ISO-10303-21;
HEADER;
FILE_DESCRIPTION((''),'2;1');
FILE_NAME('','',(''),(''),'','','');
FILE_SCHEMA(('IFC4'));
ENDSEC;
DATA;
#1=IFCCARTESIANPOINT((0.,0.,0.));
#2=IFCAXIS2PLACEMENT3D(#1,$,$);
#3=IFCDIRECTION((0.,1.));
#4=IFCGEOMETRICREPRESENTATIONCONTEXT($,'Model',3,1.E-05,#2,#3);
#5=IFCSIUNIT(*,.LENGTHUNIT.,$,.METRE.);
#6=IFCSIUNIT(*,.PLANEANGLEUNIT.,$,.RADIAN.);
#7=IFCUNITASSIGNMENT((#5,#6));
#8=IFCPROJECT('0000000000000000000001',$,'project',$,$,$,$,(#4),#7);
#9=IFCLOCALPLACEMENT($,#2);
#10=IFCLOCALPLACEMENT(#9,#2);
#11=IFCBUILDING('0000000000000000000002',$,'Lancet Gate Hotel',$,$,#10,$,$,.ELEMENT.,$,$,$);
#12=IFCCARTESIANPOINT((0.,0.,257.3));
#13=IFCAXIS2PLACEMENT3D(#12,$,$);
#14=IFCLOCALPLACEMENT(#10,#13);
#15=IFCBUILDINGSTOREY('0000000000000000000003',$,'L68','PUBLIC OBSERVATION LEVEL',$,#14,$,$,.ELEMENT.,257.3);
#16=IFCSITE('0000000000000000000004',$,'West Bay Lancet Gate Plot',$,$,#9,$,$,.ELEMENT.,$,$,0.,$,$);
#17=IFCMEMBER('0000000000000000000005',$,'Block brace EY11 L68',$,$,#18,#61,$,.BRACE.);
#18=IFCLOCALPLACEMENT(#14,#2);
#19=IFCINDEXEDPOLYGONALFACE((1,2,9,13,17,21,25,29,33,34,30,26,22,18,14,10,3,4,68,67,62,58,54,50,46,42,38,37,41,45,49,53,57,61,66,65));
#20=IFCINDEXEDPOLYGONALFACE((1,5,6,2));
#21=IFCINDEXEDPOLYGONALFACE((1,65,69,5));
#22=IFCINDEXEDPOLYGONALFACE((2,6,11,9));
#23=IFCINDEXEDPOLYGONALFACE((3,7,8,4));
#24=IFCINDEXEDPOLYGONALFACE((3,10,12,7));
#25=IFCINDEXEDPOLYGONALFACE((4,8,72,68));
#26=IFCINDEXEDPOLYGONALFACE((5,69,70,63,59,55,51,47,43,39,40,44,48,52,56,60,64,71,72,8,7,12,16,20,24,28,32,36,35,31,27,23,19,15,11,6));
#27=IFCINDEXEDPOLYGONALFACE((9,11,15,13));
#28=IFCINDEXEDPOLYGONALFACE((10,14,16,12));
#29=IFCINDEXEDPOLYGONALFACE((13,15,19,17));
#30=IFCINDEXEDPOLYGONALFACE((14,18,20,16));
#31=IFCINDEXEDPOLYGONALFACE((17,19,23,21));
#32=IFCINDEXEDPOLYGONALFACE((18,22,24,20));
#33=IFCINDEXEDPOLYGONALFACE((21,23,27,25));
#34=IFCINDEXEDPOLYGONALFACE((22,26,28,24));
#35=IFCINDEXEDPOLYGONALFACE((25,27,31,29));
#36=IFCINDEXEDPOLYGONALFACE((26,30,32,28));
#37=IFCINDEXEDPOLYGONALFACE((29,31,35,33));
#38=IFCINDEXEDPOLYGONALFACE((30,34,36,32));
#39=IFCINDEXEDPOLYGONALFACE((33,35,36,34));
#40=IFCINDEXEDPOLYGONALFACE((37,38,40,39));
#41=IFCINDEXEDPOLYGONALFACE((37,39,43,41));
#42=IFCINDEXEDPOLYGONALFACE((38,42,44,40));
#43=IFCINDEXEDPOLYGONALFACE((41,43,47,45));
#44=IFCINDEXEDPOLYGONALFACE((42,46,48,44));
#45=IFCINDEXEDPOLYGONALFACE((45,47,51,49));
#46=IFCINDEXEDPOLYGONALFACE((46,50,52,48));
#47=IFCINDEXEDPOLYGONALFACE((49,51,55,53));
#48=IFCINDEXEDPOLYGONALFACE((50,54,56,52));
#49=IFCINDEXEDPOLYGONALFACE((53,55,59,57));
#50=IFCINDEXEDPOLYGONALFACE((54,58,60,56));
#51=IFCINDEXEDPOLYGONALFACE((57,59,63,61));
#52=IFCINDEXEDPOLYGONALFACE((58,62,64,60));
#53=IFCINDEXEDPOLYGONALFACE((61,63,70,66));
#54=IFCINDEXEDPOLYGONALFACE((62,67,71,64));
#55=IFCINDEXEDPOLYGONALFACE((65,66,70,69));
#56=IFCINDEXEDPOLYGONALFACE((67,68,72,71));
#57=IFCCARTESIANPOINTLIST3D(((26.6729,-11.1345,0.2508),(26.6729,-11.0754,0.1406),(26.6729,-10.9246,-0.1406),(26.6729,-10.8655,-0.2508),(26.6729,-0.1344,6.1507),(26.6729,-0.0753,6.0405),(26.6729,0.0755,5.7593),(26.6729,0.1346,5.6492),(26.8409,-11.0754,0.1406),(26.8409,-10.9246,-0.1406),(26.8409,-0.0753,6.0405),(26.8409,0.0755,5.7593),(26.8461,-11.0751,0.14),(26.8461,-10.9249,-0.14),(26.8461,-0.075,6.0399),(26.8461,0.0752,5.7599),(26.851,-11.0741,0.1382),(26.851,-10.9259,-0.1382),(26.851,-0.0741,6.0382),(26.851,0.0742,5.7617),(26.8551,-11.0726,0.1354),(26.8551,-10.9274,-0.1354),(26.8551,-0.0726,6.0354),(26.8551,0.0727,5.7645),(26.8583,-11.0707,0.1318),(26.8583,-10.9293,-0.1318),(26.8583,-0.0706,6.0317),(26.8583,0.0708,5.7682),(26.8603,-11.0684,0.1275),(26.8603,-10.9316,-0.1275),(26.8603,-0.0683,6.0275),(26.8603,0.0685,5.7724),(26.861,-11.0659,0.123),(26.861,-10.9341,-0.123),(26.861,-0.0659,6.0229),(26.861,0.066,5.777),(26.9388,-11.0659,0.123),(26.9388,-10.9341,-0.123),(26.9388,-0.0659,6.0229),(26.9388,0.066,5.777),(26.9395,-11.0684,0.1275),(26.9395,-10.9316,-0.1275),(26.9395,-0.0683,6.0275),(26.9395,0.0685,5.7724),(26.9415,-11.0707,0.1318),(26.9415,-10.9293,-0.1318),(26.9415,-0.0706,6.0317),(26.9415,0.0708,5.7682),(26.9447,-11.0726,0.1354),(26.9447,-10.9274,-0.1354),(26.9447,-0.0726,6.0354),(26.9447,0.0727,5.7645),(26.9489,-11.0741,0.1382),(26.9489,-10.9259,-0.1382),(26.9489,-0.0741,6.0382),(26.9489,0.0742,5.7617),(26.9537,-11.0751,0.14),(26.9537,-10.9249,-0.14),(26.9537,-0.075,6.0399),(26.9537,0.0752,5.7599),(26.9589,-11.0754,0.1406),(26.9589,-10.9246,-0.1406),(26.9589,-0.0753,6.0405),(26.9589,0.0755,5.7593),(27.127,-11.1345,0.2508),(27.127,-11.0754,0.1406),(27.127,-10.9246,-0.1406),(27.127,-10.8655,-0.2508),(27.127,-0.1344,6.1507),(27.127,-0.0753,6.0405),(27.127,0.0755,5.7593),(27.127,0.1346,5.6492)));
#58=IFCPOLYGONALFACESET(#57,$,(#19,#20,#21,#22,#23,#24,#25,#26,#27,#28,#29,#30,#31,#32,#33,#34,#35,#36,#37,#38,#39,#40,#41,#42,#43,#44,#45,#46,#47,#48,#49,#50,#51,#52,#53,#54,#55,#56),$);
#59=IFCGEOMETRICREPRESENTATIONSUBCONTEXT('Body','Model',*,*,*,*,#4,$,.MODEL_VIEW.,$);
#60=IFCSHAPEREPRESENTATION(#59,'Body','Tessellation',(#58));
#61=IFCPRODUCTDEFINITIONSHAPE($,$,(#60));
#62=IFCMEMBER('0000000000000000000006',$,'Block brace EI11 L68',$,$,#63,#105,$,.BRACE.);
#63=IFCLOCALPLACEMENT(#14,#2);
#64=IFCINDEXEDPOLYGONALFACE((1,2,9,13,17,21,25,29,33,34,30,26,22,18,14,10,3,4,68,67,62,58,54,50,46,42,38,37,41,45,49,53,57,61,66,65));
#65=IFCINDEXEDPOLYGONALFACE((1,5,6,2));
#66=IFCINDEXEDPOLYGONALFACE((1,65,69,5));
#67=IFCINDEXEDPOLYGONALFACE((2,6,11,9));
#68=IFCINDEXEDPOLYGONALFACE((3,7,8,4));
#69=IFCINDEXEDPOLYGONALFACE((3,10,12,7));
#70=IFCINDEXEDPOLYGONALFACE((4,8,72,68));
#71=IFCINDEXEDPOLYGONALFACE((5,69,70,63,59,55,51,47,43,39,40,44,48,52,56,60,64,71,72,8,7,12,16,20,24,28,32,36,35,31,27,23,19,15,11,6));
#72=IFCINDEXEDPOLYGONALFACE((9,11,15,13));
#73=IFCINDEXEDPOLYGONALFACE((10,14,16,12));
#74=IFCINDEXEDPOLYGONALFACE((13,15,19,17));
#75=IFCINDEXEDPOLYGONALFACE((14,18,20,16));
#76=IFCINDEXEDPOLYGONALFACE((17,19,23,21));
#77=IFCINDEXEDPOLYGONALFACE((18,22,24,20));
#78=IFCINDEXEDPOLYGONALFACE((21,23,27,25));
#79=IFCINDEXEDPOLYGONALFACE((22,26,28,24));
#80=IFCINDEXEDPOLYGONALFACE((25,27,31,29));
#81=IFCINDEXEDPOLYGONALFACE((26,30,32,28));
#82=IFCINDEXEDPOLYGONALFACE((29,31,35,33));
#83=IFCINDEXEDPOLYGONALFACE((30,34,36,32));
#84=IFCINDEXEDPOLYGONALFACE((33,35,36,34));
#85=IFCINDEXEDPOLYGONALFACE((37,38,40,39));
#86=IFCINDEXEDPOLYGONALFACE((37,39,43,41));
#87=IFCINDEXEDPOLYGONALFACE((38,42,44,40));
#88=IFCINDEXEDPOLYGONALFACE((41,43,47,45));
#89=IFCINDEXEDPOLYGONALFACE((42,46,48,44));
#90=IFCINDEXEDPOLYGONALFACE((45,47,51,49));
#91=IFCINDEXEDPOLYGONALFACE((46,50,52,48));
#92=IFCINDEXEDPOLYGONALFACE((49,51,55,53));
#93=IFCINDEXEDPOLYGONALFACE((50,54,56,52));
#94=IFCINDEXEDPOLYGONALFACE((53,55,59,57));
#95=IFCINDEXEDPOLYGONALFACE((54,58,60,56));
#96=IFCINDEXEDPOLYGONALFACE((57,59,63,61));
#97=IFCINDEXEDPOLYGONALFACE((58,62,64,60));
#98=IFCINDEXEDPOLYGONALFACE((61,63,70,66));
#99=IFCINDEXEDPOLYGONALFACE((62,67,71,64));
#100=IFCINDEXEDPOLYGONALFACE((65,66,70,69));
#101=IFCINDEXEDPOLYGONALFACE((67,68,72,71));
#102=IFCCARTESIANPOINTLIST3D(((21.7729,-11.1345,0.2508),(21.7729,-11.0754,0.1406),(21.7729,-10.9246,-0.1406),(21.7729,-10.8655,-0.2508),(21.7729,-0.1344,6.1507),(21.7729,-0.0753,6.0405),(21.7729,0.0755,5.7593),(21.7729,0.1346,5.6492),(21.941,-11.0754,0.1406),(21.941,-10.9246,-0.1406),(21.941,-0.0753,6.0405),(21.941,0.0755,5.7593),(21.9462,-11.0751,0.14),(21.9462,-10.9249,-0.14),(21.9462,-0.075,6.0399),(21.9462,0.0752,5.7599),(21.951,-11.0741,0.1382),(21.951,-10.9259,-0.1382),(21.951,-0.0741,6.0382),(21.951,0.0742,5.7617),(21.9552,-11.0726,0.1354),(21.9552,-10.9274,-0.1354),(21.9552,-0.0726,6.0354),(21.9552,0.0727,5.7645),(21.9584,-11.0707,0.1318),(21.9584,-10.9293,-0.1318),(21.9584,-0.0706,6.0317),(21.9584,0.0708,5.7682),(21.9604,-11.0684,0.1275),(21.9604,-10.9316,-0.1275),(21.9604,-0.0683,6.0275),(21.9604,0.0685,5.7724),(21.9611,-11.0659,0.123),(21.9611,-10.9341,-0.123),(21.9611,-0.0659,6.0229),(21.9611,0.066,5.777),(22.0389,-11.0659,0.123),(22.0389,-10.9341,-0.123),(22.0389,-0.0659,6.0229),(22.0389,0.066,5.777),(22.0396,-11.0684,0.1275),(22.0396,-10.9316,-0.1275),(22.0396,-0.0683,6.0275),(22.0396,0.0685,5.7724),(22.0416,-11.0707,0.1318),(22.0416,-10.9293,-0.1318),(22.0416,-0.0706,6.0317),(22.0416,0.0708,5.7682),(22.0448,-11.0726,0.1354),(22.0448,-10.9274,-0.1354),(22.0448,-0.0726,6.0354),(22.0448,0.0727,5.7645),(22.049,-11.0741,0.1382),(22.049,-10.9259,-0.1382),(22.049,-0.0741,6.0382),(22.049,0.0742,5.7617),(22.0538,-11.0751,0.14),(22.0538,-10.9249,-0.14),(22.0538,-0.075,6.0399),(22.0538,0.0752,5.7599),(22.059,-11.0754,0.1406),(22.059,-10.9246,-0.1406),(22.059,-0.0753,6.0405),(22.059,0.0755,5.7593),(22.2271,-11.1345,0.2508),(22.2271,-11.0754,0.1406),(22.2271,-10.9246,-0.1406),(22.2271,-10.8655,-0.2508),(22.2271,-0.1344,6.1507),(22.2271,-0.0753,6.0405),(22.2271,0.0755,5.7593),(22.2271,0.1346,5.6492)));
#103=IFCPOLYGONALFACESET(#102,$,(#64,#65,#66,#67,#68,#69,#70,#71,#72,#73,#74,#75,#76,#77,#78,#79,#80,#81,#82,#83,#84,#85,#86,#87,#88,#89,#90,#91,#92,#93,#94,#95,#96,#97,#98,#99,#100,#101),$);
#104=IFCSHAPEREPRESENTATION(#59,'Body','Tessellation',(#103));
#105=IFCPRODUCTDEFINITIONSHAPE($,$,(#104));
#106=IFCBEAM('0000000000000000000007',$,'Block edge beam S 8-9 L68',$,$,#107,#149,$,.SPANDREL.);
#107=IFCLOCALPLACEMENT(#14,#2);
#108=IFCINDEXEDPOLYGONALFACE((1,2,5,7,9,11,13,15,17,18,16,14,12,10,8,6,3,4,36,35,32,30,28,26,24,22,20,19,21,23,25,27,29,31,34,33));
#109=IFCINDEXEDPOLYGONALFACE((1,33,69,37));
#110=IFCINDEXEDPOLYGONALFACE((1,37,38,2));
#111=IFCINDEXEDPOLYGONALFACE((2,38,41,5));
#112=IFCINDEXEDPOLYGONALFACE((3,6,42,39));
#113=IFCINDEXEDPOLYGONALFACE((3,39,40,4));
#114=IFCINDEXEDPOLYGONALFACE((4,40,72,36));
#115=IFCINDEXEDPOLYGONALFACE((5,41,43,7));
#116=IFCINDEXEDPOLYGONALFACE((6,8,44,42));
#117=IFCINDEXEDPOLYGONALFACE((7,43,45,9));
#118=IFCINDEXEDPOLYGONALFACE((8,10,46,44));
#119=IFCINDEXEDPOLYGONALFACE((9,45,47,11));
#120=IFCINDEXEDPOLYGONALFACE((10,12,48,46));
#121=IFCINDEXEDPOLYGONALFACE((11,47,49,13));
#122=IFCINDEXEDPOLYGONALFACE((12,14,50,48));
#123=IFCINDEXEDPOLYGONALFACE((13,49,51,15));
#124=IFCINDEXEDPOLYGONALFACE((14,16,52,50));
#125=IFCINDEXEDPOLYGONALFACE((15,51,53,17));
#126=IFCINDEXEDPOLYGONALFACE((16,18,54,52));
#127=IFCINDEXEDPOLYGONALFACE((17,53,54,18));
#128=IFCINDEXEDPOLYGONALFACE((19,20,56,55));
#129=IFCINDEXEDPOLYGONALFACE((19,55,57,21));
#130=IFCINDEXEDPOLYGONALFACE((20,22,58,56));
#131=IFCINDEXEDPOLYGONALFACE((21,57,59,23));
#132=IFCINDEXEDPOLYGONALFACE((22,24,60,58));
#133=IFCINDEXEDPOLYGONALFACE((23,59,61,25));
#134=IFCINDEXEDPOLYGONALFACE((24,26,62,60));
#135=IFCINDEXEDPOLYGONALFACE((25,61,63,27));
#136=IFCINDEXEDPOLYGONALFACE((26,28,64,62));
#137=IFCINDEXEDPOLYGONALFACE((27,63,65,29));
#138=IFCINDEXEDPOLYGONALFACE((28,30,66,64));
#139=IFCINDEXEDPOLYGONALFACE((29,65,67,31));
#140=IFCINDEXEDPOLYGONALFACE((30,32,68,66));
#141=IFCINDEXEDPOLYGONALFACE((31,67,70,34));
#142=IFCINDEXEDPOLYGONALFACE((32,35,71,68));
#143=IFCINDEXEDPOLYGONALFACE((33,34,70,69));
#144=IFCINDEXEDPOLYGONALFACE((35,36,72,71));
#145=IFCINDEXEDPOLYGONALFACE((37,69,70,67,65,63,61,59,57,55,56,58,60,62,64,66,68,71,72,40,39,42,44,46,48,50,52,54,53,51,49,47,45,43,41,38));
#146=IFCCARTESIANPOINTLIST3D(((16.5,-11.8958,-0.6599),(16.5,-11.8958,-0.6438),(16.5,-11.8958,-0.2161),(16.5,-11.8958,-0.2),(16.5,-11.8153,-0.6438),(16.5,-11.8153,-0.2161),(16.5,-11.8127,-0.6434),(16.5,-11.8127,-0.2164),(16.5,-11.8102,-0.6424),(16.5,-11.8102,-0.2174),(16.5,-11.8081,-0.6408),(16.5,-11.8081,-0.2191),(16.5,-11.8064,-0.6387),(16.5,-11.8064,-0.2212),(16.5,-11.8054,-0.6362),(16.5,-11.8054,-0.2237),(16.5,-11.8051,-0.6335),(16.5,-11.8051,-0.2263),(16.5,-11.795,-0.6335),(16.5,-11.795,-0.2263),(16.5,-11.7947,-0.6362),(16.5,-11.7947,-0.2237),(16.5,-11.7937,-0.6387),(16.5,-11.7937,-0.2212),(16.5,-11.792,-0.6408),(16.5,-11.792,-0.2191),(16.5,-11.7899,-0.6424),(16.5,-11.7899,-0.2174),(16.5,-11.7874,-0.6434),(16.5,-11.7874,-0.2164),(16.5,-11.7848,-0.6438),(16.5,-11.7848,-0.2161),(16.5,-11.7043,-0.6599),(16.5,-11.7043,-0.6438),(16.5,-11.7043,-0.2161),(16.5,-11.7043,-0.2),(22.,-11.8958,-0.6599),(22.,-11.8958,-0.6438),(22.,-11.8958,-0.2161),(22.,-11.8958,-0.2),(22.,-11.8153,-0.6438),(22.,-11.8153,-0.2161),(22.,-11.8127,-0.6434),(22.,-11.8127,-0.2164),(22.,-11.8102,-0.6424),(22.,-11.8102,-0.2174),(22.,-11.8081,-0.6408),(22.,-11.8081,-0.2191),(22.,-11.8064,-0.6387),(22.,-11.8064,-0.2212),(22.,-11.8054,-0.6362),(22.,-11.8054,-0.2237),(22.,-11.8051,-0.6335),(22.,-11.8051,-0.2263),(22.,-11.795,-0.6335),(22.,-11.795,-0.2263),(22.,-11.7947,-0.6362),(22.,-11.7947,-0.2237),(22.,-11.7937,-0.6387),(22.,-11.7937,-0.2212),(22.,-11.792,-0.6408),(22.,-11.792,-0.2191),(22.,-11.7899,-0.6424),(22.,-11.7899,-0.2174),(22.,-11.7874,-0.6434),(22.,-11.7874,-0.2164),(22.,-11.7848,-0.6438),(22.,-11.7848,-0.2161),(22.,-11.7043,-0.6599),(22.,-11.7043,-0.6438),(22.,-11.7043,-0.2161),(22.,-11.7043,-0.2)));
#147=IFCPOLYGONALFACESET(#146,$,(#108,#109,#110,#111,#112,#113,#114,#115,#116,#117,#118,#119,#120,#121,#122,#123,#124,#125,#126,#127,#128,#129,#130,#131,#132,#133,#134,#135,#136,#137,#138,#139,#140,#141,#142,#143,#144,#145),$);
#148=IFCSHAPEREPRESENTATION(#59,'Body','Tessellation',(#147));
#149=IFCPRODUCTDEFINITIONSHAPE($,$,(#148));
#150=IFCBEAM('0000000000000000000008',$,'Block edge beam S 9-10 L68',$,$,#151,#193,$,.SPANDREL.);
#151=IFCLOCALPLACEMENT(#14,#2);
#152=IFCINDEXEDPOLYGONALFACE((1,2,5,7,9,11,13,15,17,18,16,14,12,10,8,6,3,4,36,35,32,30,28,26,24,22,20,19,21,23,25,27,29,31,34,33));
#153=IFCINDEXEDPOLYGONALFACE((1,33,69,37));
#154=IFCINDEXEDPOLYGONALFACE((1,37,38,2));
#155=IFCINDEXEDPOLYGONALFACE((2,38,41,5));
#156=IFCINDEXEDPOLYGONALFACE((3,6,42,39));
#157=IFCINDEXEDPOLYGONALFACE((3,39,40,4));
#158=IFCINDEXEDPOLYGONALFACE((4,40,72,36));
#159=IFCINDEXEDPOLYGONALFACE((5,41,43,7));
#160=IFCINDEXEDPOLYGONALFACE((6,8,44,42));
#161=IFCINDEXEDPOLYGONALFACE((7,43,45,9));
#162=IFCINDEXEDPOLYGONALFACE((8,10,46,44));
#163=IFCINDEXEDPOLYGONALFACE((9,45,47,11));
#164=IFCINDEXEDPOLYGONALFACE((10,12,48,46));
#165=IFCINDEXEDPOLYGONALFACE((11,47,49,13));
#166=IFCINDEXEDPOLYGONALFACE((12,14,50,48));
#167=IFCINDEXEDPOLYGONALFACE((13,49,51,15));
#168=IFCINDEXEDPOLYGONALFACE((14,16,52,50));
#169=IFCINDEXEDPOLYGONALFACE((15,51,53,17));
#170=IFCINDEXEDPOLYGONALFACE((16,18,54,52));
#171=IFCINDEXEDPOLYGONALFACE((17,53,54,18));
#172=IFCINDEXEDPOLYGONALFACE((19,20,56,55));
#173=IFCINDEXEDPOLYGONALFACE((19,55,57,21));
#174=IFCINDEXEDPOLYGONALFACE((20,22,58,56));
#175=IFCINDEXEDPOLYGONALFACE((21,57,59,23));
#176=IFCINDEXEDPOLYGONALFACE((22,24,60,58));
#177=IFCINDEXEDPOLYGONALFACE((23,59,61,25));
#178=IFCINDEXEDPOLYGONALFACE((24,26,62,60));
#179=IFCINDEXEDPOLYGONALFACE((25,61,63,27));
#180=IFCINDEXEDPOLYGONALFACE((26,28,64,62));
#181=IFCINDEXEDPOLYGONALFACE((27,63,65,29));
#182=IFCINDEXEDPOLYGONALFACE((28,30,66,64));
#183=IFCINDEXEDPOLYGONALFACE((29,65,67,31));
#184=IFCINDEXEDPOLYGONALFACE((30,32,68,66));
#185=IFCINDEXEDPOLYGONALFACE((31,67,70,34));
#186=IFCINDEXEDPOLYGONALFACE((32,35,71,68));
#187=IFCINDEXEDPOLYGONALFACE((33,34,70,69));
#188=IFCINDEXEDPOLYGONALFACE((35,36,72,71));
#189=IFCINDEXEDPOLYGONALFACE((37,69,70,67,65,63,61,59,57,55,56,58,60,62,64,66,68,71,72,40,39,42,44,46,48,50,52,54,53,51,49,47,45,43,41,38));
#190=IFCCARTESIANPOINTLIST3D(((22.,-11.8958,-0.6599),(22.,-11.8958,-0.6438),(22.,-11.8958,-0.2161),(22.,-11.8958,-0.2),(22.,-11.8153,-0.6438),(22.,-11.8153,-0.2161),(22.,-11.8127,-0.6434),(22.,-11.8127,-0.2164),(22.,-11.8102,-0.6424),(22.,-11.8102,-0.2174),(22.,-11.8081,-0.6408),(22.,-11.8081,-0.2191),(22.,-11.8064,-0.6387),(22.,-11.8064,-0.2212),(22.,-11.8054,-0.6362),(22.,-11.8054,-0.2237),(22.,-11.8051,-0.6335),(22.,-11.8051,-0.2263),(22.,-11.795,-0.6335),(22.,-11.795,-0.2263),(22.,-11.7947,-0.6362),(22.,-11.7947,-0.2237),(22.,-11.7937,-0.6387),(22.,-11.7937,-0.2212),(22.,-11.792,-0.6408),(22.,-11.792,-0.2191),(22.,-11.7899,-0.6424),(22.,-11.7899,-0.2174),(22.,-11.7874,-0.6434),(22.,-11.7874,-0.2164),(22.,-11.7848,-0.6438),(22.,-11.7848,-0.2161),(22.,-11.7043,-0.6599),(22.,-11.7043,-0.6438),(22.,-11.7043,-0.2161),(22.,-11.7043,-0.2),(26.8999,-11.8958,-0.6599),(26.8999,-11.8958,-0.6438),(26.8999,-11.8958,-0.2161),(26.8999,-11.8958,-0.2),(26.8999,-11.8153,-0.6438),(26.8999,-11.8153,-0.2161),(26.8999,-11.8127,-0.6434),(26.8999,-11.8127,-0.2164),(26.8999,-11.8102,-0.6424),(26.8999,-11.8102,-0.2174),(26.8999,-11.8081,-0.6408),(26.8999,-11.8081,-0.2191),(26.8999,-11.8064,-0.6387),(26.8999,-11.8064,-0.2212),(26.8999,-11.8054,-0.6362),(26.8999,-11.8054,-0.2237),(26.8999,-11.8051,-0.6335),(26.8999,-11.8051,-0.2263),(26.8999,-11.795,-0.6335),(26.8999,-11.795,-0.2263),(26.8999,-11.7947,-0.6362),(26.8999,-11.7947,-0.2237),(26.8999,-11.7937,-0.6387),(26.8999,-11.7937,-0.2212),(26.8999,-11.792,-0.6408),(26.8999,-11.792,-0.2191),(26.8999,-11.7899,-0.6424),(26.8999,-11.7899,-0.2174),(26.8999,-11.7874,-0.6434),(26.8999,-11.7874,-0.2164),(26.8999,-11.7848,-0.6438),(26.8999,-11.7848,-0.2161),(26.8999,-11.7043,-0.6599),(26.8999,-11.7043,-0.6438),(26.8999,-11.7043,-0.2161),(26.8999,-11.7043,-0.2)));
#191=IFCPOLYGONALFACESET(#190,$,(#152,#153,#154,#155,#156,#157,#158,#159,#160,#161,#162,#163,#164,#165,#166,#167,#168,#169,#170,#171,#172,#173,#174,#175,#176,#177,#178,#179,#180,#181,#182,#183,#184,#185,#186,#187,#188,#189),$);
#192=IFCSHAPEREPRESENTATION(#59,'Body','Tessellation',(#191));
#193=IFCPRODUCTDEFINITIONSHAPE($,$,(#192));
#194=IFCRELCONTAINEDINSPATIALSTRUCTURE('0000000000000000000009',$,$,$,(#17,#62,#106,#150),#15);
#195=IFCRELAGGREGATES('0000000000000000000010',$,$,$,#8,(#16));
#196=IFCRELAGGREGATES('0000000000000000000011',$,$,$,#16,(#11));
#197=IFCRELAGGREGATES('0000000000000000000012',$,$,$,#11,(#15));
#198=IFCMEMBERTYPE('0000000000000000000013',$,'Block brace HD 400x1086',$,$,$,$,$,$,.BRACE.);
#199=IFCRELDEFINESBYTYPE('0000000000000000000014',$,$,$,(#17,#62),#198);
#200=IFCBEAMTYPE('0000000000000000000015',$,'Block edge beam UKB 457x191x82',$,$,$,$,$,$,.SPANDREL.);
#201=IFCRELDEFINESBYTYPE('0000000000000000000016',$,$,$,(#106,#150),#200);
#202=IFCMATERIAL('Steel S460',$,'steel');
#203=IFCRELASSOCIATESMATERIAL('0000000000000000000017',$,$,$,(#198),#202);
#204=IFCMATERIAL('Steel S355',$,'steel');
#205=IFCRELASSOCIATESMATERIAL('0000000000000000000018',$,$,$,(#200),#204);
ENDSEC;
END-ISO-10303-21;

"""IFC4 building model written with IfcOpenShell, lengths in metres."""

from ifc_helpers import new_model, si_unit, direction, frame, origin, origin_2d, place, context, subcontext, project, spatial, i_section, extrude, material, material_profile, profile_set, type_object, element, save


model = new_model("IFC4")

# Units and contexts
model_context = context("Model", 3, precision=1e-05, world=origin(), true_north=direction((0.0, 1.0)))
body_context = subcontext(model_context, "Body", "Model", "MODEL_VIEW")
ifc_project = project(units=[si_unit("LENGTHUNIT", "METRE"), si_unit("PLANEANGLEUNIT", "RADIAN")], contexts=[model_context])

# Site, building, storey
site_placement = place(None, origin())
site = spatial("IfcSite", under=ifc_project, at=site_placement, Name="West Bay Lancet Gate Plot", CompositionType="ELEMENT", RefElevation=0.0)
building_placement = place(site_placement, origin())
building = spatial("IfcBuilding", under=site, at=building_placement, Name="Lancet Gate Hotel", CompositionType="ELEMENT")
storey_placement = place(building_placement, frame((0.0, 0.0, 257.3)))
storey = spatial("IfcBuildingStorey", under=building, at=storey_placement, Name="L68", Description="PUBLIC OBSERVATION LEVEL", CompositionType="ELEMENT", Elevation=257.3)

# Members
ifc_material_1 = material(Name="Steel S460", Category="steel")
ifc_material_profile_1 = material_profile(ifc_material_1, i_section(OverallWidth=0.4541, OverallDepth=0.5691, WebThickness=0.0779, FlangeThickness=0.125, FilletRadius=0.02, at=origin_2d()), Name="HD 400x1086")
ifc_profile_set_1 = profile_set([ifc_material_profile_1], Name="Steel S460")
member_type_1 = type_object("IfcMemberType", Name="Block brace HD 400x1086", PredefinedType="BRACE", material=ifc_profile_set_1)
for number, where, z_axis, x_axis, name in (
    (1, (26.8999, -11.0, 0.0), (0.0, 0.881245, 0.47266), (-1.0, 0.0, 0.0), "Block brace EY11 L68"),
    (2, (22.0, -11.0, 0.0), (0.0, 0.881245, 0.47266), (-1.0, 0.0, 0.0), "Block brace EI11 L68"),
):
    element("IfcMember", number, at=place(storey_placement, frame(where, z_axis=z_axis, x_axis=x_axis)), inside=storey, type_object=member_type_1, Name=name, PredefinedType="BRACE", context=body_context, shape_type="SweptSolid", body=[
        extrude(i_section(OverallWidth=0.4541, OverallDepth=0.5691, WebThickness=0.0779, FlangeThickness=0.125, FilletRadius=0.02, at=origin_2d()), origin(), (0.0, 0.0, 1.0), 12.4824),
    ])

# Beams
ifc_material_2 = material(Name="Steel S355", Category="steel")
ifc_material_profile_2 = material_profile(ifc_material_2, i_section(OverallWidth=0.1914, OverallDepth=0.46, WebThickness=0.01, FlangeThickness=0.0161, FilletRadius=0.0103, at=origin_2d()), Name="UKB 457x191x82")
ifc_profile_set_2 = profile_set([ifc_material_profile_2], Name="Steel S355")
beam_type_1 = type_object("IfcBeamType", Name="Block edge beam UKB 457x191x82", PredefinedType="SPANDREL", material=ifc_profile_set_2)
beam_1_placement = place(storey_placement, frame((16.5, -11.8, -0.4299), z_axis=(1.0, 0.0, 0.0), x_axis=(0.0, 1.0, 0.0)))
element("IfcBeam", 3, at=beam_1_placement, inside=storey, type_object=beam_type_1, Name="Block edge beam S 8-9 L68", PredefinedType="SPANDREL", context=body_context, shape_type="SweptSolid", body=[
    extrude(i_section(OverallWidth=0.1914, OverallDepth=0.46, WebThickness=0.01, FlangeThickness=0.0161, FilletRadius=0.0103, at=origin_2d()), origin(), (0.0, 0.0, 1.0), 5.5),
])
beam_2_placement = place(storey_placement, frame((22.0, -11.8, -0.4299), z_axis=(1.0, 0.0, 0.0), x_axis=(0.0, 1.0, 0.0)))
element("IfcBeam", 4, at=beam_2_placement, inside=storey, type_object=beam_type_1, Name="Block edge beam S 9-10 L68", PredefinedType="SPANDREL", context=body_context, shape_type="SweptSolid", body=[
    extrude(i_section(OverallWidth=0.1914, OverallDepth=0.46, WebThickness=0.01, FlangeThickness=0.0161, FilletRadius=0.0103, at=origin_2d()), origin(), (0.0, 0.0, 1.0), 4.8999),
])

save(model, "model.ifc")
